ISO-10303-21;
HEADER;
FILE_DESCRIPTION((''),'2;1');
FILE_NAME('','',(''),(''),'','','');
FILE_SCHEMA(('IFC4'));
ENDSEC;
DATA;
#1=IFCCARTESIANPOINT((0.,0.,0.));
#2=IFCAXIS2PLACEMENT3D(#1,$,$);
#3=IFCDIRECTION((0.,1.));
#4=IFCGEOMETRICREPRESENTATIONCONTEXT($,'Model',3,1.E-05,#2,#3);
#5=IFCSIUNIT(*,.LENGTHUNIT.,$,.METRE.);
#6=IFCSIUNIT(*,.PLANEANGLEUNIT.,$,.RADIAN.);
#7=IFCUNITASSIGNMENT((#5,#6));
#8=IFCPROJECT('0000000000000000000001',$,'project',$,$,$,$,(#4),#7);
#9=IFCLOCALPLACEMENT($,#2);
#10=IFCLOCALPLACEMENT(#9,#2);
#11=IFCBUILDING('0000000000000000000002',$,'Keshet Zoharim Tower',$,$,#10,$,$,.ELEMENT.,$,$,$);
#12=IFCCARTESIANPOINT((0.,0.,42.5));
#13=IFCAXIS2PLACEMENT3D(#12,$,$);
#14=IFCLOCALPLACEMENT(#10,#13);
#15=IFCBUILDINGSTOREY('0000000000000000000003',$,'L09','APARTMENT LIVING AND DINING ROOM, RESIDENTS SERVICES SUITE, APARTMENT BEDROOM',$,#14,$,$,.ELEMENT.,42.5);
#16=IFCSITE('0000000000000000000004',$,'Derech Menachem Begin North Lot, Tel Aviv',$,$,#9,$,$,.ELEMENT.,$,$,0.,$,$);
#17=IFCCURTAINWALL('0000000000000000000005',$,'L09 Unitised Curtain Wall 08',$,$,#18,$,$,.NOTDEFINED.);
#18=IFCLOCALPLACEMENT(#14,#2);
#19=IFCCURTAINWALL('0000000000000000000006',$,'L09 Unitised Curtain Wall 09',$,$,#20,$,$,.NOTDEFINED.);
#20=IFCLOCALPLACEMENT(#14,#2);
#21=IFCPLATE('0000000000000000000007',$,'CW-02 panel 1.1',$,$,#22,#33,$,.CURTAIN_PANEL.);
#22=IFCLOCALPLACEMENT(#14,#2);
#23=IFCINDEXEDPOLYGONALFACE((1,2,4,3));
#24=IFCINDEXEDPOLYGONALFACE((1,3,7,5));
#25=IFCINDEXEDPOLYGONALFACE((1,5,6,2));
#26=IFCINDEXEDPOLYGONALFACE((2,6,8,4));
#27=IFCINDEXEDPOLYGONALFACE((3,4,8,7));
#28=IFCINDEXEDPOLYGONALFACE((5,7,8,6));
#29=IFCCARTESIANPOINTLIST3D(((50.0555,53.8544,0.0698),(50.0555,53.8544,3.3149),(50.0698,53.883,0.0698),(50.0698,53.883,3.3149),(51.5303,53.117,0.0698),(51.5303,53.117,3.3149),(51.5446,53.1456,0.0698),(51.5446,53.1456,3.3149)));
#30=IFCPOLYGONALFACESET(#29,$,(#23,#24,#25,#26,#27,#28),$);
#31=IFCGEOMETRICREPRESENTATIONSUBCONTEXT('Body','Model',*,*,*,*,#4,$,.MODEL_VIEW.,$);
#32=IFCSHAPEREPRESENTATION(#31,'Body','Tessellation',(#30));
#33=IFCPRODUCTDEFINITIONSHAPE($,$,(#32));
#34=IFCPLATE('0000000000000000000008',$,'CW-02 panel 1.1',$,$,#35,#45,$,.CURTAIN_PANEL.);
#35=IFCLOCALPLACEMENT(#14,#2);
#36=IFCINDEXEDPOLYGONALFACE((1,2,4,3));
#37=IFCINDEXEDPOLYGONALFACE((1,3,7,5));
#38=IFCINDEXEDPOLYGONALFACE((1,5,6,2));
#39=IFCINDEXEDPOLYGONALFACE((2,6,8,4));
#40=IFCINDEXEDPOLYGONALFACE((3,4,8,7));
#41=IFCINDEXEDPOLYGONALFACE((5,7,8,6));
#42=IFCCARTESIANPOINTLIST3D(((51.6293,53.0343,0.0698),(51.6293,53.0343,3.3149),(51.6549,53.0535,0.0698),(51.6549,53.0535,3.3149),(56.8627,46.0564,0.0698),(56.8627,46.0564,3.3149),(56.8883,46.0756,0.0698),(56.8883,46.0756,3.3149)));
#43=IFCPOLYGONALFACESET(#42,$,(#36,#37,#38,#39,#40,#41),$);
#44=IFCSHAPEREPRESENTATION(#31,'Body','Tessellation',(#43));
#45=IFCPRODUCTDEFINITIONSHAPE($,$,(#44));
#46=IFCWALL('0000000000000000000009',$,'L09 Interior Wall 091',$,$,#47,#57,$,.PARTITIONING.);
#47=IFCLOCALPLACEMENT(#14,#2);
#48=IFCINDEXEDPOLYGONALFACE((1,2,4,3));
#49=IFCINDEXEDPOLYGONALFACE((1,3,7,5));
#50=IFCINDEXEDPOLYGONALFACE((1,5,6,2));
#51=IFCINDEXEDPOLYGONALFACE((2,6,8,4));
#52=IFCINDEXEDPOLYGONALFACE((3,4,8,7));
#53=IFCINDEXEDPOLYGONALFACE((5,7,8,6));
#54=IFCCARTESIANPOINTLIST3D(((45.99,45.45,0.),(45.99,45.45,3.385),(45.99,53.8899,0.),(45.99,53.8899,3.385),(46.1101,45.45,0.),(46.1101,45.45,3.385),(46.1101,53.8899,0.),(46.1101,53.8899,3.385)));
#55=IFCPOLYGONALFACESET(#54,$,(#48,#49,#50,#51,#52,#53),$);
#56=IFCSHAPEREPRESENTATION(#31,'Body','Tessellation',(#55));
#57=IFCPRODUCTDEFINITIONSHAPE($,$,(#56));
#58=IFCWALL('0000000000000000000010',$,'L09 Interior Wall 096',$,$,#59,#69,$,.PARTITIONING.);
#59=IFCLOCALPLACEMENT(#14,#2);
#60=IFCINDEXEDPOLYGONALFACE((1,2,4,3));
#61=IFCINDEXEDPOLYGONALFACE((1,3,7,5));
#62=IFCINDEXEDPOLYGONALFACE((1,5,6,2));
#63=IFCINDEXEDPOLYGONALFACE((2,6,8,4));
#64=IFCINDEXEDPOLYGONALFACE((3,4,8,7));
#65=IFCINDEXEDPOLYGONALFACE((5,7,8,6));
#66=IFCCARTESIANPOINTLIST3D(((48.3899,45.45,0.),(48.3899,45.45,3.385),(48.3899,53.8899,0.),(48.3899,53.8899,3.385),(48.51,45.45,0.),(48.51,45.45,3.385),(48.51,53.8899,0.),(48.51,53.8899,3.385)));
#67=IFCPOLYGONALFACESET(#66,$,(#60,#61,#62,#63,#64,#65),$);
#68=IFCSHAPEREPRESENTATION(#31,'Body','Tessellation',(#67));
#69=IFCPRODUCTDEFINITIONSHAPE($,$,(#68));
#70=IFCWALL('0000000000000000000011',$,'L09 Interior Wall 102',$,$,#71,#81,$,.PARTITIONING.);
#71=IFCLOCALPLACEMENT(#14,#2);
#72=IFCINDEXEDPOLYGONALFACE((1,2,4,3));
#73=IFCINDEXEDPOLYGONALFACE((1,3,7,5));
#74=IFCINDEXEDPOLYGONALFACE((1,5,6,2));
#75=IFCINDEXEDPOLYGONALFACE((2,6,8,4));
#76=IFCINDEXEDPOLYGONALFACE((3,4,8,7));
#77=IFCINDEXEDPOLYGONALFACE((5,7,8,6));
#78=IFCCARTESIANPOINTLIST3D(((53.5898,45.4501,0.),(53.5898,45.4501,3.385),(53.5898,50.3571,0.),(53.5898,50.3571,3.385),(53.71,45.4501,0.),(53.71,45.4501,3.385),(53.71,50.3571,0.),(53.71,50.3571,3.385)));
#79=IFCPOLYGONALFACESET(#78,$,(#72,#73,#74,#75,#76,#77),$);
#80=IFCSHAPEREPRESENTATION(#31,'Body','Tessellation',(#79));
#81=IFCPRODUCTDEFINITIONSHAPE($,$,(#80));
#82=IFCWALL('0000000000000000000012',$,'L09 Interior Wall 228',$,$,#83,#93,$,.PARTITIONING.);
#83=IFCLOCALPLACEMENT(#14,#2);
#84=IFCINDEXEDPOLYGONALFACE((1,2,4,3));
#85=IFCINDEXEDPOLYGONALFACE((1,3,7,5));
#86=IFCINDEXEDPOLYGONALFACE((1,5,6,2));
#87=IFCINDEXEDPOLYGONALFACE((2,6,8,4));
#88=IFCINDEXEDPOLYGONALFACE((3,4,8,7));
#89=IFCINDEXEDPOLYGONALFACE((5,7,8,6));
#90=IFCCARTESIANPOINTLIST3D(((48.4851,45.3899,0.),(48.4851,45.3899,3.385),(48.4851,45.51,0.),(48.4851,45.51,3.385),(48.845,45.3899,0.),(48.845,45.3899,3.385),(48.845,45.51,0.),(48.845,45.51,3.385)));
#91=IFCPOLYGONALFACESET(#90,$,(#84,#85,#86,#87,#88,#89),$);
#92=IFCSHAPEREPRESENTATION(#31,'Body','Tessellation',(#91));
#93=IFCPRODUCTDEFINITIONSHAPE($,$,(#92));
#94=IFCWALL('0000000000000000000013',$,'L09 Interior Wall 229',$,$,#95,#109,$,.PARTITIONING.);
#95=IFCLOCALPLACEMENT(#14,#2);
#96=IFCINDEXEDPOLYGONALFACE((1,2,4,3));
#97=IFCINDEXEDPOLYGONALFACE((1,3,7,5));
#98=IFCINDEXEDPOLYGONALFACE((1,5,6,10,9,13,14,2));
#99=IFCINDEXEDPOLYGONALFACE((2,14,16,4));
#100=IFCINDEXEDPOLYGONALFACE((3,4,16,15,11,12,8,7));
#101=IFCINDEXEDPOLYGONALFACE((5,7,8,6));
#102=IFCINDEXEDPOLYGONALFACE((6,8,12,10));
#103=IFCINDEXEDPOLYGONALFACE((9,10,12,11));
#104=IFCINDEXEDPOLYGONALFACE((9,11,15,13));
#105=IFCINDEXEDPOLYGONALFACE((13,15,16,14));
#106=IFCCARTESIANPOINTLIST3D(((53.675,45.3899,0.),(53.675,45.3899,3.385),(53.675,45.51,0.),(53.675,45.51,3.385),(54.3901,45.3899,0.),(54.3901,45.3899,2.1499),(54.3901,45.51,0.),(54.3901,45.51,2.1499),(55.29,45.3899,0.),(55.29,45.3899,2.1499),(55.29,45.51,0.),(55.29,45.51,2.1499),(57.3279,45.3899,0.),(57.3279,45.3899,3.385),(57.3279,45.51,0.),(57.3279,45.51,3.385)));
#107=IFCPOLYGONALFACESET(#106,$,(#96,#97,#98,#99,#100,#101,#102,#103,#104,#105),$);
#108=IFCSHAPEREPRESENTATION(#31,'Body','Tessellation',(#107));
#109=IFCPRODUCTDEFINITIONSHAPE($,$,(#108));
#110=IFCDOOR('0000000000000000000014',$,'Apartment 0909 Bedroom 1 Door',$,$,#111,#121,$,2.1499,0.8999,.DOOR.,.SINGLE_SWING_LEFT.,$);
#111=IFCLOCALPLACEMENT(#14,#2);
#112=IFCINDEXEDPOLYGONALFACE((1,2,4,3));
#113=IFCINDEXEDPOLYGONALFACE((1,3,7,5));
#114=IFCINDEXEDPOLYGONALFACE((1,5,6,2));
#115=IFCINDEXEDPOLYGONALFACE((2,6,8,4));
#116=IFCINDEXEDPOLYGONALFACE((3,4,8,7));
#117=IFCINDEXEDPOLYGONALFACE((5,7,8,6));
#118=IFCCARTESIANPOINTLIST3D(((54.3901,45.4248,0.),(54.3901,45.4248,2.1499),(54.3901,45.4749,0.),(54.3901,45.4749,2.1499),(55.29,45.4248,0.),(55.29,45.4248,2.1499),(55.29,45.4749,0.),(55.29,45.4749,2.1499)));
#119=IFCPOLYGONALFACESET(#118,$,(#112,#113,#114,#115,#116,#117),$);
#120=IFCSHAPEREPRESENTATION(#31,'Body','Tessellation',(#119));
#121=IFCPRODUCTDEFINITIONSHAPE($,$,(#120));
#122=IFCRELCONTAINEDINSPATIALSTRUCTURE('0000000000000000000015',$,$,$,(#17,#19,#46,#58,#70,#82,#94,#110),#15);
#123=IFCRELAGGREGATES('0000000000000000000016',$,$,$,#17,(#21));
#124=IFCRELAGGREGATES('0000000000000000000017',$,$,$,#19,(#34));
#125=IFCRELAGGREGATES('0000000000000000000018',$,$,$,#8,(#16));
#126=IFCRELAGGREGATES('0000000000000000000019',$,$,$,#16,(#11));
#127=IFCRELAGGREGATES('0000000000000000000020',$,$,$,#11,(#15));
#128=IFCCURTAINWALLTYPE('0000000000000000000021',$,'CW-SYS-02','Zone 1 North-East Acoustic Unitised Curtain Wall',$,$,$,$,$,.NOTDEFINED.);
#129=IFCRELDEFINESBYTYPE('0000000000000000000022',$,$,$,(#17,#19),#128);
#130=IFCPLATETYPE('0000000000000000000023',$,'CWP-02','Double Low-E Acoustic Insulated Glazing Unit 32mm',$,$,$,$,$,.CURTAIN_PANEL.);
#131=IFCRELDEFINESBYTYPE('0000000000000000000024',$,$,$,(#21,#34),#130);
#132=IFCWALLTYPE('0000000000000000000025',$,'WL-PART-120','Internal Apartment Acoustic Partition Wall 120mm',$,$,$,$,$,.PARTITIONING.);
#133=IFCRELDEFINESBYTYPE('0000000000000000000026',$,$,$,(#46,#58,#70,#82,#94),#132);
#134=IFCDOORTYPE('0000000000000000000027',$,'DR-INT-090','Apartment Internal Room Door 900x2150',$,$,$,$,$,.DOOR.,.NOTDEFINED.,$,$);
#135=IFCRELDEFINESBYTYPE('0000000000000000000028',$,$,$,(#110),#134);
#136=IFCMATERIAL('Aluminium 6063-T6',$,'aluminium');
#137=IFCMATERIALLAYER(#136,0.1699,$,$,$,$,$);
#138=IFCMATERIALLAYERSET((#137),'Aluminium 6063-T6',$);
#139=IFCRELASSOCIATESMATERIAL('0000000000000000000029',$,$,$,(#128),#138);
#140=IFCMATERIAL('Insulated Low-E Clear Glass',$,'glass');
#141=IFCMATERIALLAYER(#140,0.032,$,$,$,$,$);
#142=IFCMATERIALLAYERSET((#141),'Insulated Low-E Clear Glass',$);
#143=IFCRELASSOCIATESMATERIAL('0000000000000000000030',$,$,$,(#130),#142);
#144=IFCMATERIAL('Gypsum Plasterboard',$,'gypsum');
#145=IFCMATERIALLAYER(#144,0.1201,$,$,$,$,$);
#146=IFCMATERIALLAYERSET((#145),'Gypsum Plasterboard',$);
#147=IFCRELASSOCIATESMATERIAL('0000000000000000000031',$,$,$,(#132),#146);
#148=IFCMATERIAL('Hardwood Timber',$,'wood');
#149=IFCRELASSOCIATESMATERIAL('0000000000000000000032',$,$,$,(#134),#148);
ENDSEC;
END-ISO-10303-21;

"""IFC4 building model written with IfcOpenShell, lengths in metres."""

from ifc_helpers import new_model, si_unit, direction, frame, frame_2d, origin, origin_2d, place, context, subcontext, project, spatial, rectangle, extrude, material, layer, layer_set, type_object, element, fill, aggregate, save


model = new_model("IFC4")

# Units and contexts
model_context = context("Model", 3, precision=1e-05, world=origin(), true_north=direction((0.0, 1.0)))
body_context = subcontext(model_context, "Body", "Model", "MODEL_VIEW")
ifc_project = project(units=[si_unit("LENGTHUNIT", "METRE"), si_unit("PLANEANGLEUNIT", "RADIAN")], contexts=[model_context])

# Site, building, storey
site_placement = place(None, origin())
site = spatial("IfcSite", under=ifc_project, at=site_placement, Name="Derech Menachem Begin North Lot, Tel Aviv", CompositionType="ELEMENT", RefElevation=0.0)
building_placement = place(site_placement, origin())
building = spatial("IfcBuilding", under=site, at=building_placement, Name="Keshet Zoharim Tower", CompositionType="ELEMENT")
storey_placement = place(building_placement, frame((0.0, 0.0, 42.5)))
storey = spatial("IfcBuildingStorey", under=building, at=storey_placement, Name="L09", Description="APARTMENT LIVING AND DINING ROOM, RESIDENTS SERVICES SUITE, APARTMENT BEDROOM", CompositionType="ELEMENT", Elevation=42.5)

# Shared definitions
ifc_material_1 = material(Name="Aluminium 6063-T6", Category="aluminium")
ifc_layer_1 = layer(ifc_material_1, 0.1699)
ifc_layer_set_1 = layer_set([ifc_layer_1], Name="Aluminium 6063-T6")
curtain_wall_type = type_object("IfcCurtainWallType", Name="CW-SYS-02", Description="Zone 1 North-East Acoustic Unitised Curtain Wall", PredefinedType="NOTDEFINED", material=ifc_layer_set_1)

# Curtain walls
curtain_wall_1_placement = place(storey_placement, origin())
curtain_wall_1 = element("IfcCurtainWall", 1, at=curtain_wall_1_placement, inside=storey, type_object=curtain_wall_type, Name="L09 Unitised Curtain Wall 08", PredefinedType="NOTDEFINED")
curtain_wall_2_placement = place(storey_placement, origin())
curtain_wall_2 = element("IfcCurtainWall", 2, at=curtain_wall_2_placement, inside=storey, type_object=curtain_wall_type, Name="L09 Unitised Curtain Wall 09", PredefinedType="NOTDEFINED")

# Plates
ifc_material_2 = material(Name="Insulated Low-E Clear Glass", Category="glass")
ifc_layer_2 = layer(ifc_material_2, 0.032)
ifc_layer_set_2 = layer_set([ifc_layer_2], Name="Insulated Low-E Clear Glass")
plate_type = type_object("IfcPlateType", Name="CWP-02", Description="Double Low-E Acoustic Insulated Glazing Unit 32mm", PredefinedType="CURTAIN_PANEL", material=ifc_layer_set_2)
plate_1_placement = place(storey_placement, frame((50.8, 53.5, 0.0698), z_axis=(0.0, 0.0, 1.0), x_axis=(0.894427, -0.447214, 0.0)))
plate_1 = element("IfcPlate", 3, at=plate_1_placement, type_object=plate_type, Name="CW-02 panel 1.1", PredefinedType="CURTAIN_PANEL", context=body_context, shape_type="SweptSolid", body=[
    extrude(rectangle(XDim=1.6489, YDim=0.032, at=origin_2d()), origin(), (0.0, 0.0, 1.0), 3.2451),
])
aggregate(curtain_wall_1, [plate_1])
plate_2_placement = place(storey_placement, frame((54.2588, 49.5549, 0.0698), z_axis=(0.0, 0.0, 1.0), x_axis=(0.6, -0.8, 0.0)))
plate_2 = element("IfcPlate", 4, at=plate_2_placement, type_object=plate_type, Name="CW-02 panel 1.1", PredefinedType="CURTAIN_PANEL", context=body_context, shape_type="SweptSolid", body=[
    extrude(rectangle(XDim=8.7224, YDim=0.032, at=origin_2d()), origin(), (0.0, 0.0, 1.0), 3.2451),
])
aggregate(curtain_wall_2, [plate_2])

# Walls
ifc_material_3 = material(Name="Gypsum Plasterboard", Category="gypsum")
ifc_layer_3 = layer(ifc_material_3, 0.1201)
ifc_layer_set_3 = layer_set([ifc_layer_3], Name="Gypsum Plasterboard")
wall_type = type_object("IfcWallType", Name="WL-PART-120", Description="Internal Apartment Acoustic Partition Wall 120mm", PredefinedType="PARTITIONING", material=ifc_layer_set_3)
for number, where, z_axis, x_axis, name in (
    (5, (46.05, 45.45, 0.0), (0.0, 0.0, 1.0), (0.0, 1.0, 0.0), "L09 Interior Wall 091"),
    (6, (48.45, 45.45, 0.0), (0.0, 0.0, 1.0), (0.0, 1.0, 0.0), "L09 Interior Wall 096"),
):
    element("IfcWall", number, at=place(storey_placement, frame(where, z_axis=z_axis, x_axis=x_axis)), inside=storey, type_object=wall_type, Name=name, PredefinedType="PARTITIONING", context=body_context, shape_type="SweptSolid", body=[
        extrude(rectangle(XDim=8.4399, YDim=0.1201, at=frame_2d((4.22, 0.0))), origin(), (0.0, 0.0, 1.0), 3.385),
    ])
wall_1_placement = place(storey_placement, frame((53.6499, 45.45, 0.0), z_axis=(0.0, 0.0, 1.0), x_axis=(0.0, 1.0, 0.0)))
element("IfcWall", 7, at=wall_1_placement, inside=storey, type_object=wall_type, Name="L09 Interior Wall 102", PredefinedType="PARTITIONING", context=body_context, shape_type="SweptSolid", body=[
    extrude(rectangle(XDim=4.907, YDim=0.1201, at=frame_2d((2.4536, 0.0))), origin(), (0.0, 0.0, 1.0), 3.385),
])
wall_2_placement = place(storey_placement, frame((48.4851, 45.45, 0.0), z_axis=(0.0, 0.0, 1.0), x_axis=(1.0, 0.0, 0.0)))
element("IfcWall", 8, at=wall_2_placement, inside=storey, type_object=wall_type, Name="L09 Interior Wall 228", PredefinedType="PARTITIONING", context=body_context, shape_type="SweptSolid", body=[
    extrude(rectangle(XDim=0.3599, YDim=0.1201, at=frame_2d((0.1799, 0.0))), origin(), (0.0, 0.0, 1.0), 3.385),
])

# Wall, opening, door
wall_3_placement = place(storey_placement, frame((53.675, 45.45, 0.0), z_axis=(0.0, 0.0, 1.0), x_axis=(1.0, 0.0, 0.0)))
wall_3 = element("IfcWall", 9, at=wall_3_placement, inside=storey, type_object=wall_type, Name="L09 Interior Wall 229", PredefinedType="PARTITIONING", context=body_context, shape_type="SweptSolid", body=[
    extrude(rectangle(XDim=3.6528, YDim=0.1201, at=frame_2d((1.8264, 0.0))), origin(), (0.0, 0.0, 1.0), 3.385),
])
opening_placement = place(wall_3_placement, frame((0.7151, 0.0, 0.0)))
opening = element("IfcOpeningElement", 10, at=opening_placement, cuts=wall_3, PredefinedType="OPENING", context=body_context, shape_type="SweptSolid", body=[
    extrude(rectangle(XDim=0.8999, YDim=2.1499, at=frame_2d((0.45, 1.075))), frame((0.0, 0.0701, 0.0), z_axis=(0.0, -1.0, 0.0), x_axis=(1.0, 0.0, 0.0)), (0.0, 0.0, 1.0), 0.1401),
])
ifc_material_4 = material(Name="Hardwood Timber", Category="wood")
door_type = type_object("IfcDoorType", Name="DR-INT-090", Description="Apartment Internal Room Door 900x2150", OperationType="NOTDEFINED", PredefinedType="DOOR", material=ifc_material_4)
door_placement = place(opening_placement, origin())
door = element("IfcDoor", 11, at=door_placement, inside=storey, type_object=door_type, Name="Apartment 0909 Bedroom 1 Door", OperationType="SINGLE_SWING_LEFT", OverallHeight=2.1499, OverallWidth=0.8999, PredefinedType="DOOR", context=body_context, shape_type="SweptSolid", body=[
    extrude(rectangle(XDim=0.8999, YDim=2.1499, at=frame_2d((0.45, 1.075))), frame((0.0, 0.0249, 0.0), z_axis=(0.0, -1.0, 0.0), x_axis=(1.0, 0.0, 0.0)), (0.0, 0.0, 1.0), 0.05),
])
fill(opening, door)

save(model, "model.ifc")
